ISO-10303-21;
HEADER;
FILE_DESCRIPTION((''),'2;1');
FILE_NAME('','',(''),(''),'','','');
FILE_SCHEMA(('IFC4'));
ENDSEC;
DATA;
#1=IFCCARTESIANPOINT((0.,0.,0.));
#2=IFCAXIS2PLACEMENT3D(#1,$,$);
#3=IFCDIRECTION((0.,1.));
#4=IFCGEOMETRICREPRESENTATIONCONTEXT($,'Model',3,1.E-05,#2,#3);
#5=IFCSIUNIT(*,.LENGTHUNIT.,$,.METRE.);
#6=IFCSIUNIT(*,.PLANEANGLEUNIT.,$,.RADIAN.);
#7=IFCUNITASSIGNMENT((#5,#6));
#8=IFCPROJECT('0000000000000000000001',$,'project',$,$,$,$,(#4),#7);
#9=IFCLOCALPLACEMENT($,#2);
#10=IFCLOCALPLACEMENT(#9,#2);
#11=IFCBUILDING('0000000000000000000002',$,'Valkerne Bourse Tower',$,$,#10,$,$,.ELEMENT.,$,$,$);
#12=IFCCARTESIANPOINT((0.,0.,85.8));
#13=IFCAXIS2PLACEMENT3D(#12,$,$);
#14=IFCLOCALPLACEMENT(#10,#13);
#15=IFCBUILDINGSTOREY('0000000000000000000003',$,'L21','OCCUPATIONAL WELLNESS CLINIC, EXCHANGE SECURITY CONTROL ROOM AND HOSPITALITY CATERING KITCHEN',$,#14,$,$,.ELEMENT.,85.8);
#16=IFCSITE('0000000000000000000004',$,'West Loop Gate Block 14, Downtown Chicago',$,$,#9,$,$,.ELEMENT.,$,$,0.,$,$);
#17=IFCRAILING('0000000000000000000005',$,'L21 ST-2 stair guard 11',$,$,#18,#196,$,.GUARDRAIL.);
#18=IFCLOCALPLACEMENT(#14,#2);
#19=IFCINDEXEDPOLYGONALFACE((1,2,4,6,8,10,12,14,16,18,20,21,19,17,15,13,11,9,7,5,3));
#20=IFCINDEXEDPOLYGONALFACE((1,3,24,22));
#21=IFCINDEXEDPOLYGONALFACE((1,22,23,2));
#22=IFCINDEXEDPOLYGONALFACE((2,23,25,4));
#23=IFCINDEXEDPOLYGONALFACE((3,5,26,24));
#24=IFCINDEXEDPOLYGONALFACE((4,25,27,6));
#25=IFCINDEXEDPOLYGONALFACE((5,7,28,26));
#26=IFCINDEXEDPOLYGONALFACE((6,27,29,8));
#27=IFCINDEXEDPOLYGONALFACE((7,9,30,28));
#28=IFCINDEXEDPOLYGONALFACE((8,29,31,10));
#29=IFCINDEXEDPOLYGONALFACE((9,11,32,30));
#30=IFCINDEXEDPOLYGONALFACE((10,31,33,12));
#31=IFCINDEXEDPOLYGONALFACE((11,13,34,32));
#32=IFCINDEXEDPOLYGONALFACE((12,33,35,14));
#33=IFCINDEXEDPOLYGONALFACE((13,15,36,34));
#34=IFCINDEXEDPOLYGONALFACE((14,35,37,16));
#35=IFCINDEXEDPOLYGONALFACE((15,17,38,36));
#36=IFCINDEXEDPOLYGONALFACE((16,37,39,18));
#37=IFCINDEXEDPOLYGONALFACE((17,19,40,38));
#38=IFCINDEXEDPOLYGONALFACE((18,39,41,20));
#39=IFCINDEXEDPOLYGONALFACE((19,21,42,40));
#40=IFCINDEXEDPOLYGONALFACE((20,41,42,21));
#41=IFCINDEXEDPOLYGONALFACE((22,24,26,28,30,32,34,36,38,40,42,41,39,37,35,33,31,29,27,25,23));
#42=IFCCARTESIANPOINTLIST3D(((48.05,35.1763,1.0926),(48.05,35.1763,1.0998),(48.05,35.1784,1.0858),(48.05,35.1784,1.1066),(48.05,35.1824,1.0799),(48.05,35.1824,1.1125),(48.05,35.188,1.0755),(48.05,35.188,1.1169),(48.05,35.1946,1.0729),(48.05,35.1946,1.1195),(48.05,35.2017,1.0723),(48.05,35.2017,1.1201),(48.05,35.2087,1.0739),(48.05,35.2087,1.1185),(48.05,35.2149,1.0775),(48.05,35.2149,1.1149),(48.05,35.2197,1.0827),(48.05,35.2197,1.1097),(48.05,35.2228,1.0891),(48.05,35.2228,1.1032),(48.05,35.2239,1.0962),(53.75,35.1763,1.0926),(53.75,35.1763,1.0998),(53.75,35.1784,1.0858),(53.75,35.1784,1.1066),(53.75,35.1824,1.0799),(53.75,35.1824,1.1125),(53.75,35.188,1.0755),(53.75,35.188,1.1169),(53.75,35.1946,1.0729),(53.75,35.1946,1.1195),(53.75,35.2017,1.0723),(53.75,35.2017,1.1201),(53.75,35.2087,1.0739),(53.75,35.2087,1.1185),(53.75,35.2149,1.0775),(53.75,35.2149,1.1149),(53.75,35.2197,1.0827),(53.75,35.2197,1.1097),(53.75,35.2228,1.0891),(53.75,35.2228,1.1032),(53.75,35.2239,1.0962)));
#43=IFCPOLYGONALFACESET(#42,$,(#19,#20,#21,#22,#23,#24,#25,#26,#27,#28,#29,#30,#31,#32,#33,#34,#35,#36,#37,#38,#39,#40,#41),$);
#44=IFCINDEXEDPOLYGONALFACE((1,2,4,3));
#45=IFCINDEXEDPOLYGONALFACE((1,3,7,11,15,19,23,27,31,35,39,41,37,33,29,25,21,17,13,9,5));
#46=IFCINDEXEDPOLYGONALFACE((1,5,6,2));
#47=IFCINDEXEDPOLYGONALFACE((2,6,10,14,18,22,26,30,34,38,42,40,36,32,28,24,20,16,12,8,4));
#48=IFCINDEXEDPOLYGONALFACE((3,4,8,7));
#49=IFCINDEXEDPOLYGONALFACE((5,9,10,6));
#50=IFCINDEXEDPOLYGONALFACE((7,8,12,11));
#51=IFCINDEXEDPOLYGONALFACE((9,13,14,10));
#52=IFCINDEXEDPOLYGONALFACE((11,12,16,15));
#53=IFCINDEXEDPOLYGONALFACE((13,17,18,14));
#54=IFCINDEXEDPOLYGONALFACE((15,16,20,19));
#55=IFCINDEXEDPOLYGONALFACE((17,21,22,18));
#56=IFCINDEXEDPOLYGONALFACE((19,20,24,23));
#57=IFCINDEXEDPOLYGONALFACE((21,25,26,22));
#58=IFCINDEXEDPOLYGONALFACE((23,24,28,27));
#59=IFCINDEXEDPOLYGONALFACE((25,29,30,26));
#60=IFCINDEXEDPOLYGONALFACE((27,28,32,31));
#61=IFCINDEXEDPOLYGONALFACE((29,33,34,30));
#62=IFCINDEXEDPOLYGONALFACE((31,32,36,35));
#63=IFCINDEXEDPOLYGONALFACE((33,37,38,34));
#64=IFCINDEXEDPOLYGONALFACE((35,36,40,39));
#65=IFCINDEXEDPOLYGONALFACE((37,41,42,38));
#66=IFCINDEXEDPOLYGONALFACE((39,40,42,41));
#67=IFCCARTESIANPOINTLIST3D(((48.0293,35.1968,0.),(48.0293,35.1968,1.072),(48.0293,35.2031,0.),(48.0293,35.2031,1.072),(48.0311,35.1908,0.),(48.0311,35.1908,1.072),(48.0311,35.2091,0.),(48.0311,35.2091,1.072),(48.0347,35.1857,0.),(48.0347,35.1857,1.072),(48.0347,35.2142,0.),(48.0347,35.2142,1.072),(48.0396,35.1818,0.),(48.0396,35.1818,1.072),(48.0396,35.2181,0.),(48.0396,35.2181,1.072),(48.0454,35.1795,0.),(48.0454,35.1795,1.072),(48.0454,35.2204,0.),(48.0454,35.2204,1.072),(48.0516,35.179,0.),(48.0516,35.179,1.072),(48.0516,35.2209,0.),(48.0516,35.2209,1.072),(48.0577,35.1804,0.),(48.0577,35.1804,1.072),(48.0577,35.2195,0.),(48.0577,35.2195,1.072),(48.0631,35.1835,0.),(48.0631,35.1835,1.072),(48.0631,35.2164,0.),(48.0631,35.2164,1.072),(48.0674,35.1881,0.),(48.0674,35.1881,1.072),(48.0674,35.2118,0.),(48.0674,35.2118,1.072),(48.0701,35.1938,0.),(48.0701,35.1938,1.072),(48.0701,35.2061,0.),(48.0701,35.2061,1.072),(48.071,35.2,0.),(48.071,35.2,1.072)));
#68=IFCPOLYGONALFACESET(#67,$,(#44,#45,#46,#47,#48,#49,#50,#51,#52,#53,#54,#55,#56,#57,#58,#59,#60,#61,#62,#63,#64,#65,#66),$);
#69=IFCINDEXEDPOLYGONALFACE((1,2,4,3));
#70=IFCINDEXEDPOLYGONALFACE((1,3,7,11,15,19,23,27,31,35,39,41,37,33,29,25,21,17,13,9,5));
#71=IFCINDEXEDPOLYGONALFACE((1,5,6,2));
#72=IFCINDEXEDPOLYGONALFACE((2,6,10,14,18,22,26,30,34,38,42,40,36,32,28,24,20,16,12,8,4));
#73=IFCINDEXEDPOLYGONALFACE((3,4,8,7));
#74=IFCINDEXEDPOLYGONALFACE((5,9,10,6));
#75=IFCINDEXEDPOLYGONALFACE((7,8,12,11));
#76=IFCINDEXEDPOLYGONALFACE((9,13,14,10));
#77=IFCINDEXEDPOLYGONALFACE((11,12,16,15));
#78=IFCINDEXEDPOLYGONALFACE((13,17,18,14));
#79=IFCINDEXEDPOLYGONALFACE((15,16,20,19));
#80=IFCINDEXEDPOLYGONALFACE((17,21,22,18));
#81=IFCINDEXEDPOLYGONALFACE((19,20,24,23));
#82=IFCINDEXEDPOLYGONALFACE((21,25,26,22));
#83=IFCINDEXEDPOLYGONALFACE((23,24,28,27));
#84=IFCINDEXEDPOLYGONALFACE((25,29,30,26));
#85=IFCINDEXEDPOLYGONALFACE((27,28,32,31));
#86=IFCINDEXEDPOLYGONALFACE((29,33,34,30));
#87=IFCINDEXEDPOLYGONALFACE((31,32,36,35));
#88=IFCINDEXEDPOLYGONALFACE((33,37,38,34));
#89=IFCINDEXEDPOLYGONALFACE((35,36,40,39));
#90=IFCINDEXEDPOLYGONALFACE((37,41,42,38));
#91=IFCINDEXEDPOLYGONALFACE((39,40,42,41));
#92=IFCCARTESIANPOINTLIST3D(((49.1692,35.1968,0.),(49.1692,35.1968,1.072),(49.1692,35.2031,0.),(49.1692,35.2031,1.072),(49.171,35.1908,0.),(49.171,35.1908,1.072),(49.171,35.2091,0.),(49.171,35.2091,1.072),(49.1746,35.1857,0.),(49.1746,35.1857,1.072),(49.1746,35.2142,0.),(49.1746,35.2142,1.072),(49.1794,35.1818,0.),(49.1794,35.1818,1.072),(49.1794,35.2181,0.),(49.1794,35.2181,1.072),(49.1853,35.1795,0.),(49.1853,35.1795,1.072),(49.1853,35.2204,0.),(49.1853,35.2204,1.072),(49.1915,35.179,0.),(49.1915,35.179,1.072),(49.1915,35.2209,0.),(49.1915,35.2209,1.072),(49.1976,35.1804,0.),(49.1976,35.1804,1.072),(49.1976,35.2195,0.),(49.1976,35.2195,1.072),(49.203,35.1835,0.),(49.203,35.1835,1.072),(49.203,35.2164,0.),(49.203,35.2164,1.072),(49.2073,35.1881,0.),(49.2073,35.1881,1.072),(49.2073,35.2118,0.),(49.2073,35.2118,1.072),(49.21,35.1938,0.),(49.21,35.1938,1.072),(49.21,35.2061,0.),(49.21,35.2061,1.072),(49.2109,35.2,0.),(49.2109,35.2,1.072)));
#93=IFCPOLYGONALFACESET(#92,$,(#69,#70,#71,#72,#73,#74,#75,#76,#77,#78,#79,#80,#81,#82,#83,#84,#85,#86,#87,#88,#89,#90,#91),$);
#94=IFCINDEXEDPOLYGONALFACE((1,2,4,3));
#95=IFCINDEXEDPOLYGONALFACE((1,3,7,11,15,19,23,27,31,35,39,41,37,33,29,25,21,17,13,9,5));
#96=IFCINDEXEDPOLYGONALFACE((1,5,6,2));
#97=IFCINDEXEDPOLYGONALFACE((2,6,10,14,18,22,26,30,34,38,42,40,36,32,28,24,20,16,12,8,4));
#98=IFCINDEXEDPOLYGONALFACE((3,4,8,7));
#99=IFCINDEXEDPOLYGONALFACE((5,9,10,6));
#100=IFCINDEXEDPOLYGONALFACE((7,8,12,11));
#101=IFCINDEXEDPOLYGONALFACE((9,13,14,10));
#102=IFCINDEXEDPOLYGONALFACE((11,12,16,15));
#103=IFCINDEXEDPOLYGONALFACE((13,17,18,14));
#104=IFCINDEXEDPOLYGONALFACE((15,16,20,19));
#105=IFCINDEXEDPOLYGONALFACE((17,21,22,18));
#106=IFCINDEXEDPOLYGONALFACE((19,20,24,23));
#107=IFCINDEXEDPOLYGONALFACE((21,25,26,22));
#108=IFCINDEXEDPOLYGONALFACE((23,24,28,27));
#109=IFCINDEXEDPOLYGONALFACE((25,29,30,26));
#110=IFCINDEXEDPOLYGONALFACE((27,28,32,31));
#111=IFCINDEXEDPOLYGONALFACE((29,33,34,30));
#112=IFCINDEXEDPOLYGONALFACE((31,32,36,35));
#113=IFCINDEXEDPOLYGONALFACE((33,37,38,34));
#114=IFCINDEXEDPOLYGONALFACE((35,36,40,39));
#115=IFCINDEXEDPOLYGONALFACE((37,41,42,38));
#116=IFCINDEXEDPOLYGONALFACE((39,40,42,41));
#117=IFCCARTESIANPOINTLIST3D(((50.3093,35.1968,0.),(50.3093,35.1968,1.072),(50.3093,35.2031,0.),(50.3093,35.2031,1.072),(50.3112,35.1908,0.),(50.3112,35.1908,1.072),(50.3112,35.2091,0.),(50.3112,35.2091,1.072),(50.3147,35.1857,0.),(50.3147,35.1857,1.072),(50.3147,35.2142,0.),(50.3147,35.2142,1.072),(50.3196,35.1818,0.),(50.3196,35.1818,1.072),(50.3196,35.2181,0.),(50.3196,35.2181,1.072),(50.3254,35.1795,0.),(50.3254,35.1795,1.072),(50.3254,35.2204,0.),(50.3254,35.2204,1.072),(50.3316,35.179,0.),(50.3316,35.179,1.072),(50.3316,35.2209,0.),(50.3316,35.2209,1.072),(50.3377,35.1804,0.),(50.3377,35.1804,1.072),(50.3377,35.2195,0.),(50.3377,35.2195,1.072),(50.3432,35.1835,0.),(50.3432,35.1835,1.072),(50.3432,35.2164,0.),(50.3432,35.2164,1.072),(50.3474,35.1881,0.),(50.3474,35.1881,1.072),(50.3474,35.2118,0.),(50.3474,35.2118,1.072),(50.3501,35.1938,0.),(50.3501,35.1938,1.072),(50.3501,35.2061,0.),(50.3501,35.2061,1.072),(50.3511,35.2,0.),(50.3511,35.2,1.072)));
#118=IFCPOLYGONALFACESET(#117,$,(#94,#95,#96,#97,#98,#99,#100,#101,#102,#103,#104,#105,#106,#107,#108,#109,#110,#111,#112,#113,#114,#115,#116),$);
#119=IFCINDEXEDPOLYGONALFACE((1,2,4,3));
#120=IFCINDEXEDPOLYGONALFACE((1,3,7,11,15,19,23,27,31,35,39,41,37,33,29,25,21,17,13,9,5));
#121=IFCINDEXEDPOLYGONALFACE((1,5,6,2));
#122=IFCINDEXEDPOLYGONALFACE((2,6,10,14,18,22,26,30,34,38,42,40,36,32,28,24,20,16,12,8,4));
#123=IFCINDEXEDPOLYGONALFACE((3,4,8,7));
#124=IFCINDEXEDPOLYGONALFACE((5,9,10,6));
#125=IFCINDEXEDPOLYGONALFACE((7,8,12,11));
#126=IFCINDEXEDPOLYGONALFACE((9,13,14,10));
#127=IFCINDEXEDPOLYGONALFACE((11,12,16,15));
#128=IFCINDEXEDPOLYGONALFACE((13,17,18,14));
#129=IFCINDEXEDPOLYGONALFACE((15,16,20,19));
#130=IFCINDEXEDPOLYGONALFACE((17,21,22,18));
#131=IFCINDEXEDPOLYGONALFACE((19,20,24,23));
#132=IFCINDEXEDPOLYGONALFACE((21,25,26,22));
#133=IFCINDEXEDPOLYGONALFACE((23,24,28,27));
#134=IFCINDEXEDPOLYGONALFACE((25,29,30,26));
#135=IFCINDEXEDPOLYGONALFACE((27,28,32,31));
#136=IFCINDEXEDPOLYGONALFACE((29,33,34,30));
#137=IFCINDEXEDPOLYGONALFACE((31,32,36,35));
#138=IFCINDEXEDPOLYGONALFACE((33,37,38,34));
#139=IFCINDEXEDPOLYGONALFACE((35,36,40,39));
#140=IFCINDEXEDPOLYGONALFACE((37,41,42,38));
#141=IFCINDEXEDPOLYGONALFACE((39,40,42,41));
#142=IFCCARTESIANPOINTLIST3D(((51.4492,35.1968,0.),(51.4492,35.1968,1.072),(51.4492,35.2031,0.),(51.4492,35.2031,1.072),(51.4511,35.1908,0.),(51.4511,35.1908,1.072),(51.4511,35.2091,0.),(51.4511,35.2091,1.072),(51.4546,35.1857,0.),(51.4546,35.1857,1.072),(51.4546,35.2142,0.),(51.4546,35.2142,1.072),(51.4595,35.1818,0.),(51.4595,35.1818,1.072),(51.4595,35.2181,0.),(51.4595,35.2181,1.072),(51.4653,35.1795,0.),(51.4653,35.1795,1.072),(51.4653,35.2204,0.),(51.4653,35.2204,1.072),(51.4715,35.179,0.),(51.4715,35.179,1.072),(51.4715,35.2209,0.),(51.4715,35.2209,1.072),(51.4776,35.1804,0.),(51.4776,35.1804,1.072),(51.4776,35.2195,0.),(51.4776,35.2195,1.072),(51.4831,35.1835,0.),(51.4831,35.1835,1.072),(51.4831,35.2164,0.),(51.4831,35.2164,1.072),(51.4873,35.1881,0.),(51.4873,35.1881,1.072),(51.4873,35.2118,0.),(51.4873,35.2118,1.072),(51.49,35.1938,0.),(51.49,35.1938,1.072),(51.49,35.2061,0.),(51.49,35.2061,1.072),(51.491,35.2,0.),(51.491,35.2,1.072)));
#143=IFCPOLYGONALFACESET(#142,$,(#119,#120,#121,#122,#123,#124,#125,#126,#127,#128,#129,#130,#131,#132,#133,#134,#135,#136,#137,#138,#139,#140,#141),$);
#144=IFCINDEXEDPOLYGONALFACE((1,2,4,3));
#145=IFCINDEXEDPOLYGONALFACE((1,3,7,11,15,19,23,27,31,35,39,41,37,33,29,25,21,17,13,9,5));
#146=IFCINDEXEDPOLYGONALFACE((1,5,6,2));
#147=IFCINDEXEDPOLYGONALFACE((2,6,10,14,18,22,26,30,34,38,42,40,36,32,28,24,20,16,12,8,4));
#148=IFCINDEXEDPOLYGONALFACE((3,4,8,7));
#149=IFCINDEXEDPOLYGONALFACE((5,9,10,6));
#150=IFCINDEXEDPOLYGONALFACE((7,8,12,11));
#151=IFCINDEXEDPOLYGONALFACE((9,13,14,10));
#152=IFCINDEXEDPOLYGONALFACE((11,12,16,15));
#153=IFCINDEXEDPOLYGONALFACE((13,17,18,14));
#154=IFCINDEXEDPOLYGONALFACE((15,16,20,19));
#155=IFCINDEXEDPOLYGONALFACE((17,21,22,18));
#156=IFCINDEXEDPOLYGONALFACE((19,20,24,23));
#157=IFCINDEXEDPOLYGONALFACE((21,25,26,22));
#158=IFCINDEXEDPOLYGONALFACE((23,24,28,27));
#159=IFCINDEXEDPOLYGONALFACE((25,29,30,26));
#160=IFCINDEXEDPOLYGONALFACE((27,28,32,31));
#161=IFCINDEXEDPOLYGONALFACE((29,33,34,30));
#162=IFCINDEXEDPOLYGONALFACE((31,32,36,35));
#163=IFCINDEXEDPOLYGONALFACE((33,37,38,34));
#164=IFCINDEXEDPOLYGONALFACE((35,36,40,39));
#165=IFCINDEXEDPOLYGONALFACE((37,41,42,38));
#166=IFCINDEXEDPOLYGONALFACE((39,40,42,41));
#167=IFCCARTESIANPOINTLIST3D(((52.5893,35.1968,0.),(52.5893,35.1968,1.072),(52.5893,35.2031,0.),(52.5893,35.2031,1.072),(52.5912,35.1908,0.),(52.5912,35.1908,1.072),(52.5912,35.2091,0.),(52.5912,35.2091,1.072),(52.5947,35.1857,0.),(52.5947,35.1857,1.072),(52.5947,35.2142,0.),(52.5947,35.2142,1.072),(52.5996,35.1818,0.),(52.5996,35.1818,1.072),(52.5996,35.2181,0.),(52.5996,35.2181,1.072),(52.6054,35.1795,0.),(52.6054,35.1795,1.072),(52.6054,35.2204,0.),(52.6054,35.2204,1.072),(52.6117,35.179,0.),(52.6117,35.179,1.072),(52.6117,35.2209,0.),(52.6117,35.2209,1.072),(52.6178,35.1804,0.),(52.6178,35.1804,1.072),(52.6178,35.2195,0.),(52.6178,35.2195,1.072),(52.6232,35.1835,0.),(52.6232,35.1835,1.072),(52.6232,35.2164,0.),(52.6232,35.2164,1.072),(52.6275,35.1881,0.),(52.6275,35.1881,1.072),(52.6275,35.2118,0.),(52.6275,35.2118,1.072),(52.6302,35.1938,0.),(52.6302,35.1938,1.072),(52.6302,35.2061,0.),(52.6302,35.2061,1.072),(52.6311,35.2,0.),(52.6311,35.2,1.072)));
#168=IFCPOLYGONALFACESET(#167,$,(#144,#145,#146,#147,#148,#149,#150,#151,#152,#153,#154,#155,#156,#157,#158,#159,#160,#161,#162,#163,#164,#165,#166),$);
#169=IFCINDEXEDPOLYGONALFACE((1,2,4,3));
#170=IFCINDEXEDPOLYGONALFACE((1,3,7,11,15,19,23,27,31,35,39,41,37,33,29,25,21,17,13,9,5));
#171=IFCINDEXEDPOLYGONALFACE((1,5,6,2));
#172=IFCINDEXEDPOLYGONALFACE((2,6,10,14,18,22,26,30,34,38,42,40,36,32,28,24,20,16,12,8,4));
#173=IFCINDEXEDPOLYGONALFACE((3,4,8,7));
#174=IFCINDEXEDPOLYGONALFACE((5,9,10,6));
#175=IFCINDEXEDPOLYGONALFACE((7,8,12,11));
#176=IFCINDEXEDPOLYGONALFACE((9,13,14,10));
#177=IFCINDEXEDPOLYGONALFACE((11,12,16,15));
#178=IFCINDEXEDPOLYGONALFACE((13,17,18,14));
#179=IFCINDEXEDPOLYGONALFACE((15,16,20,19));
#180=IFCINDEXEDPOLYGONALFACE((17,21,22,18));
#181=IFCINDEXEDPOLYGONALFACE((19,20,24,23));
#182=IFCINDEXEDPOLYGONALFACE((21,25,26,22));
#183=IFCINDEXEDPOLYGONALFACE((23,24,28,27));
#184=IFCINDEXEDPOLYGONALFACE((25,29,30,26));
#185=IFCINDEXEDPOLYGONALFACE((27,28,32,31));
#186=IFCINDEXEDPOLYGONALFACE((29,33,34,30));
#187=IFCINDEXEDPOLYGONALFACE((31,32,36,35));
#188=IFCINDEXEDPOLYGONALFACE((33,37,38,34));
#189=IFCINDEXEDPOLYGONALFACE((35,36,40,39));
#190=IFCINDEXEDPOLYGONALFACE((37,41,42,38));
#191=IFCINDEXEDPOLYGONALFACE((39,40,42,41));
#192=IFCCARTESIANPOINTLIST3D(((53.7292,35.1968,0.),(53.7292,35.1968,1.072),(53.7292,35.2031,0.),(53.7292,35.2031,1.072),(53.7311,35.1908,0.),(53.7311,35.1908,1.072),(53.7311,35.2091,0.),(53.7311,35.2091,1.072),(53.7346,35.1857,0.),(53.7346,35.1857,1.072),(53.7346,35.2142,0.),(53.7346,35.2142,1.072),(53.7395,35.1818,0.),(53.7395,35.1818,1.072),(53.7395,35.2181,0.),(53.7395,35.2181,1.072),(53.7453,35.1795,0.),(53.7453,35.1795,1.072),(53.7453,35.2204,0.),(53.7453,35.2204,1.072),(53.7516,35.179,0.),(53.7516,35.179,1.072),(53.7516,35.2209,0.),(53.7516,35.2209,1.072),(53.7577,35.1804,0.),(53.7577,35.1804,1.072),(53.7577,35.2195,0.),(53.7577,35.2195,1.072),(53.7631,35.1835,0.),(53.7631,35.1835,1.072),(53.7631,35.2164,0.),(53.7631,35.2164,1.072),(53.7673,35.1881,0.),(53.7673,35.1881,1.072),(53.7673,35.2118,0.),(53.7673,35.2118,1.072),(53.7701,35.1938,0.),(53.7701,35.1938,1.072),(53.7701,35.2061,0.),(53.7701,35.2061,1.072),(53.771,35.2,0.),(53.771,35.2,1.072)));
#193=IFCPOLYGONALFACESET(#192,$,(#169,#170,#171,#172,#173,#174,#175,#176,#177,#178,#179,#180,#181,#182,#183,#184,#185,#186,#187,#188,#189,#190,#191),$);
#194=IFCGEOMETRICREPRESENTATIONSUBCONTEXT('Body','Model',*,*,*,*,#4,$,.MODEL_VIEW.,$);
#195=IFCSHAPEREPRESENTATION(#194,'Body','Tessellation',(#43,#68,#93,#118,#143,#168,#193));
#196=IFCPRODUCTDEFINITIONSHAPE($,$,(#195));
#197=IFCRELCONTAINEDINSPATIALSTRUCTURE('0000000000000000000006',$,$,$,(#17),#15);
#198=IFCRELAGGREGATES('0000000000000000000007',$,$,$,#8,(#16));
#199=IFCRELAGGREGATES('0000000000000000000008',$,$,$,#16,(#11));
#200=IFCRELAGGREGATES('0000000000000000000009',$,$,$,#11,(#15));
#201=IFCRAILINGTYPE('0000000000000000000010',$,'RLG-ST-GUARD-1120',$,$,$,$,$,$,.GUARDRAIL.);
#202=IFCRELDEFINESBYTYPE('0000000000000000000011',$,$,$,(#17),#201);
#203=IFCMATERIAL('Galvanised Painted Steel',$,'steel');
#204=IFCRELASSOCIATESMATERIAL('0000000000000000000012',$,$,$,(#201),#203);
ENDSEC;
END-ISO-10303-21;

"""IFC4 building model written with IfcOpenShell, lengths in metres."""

from ifc_helpers import new_model, si_unit, direction, frame, origin, origin_2d, place, context, subcontext, project, spatial, circle, extrude, material, type_object, element, save


model = new_model("IFC4")

# Units and contexts
model_context = context("Model", 3, precision=1e-05, world=origin(), true_north=direction((0.0, 1.0)))
body_context = subcontext(model_context, "Body", "Model", "MODEL_VIEW")
ifc_project = project(units=[si_unit("LENGTHUNIT", "METRE"), si_unit("PLANEANGLEUNIT", "RADIAN")], contexts=[model_context])

# Site, building, storey
site_placement = place(None, origin())
site = spatial("IfcSite", under=ifc_project, at=site_placement, Name="West Loop Gate Block 14, Downtown Chicago", CompositionType="ELEMENT", RefElevation=0.0)
building_placement = place(site_placement, origin())
building = spatial("IfcBuilding", under=site, at=building_placement, Name="Valkerne Bourse Tower", CompositionType="ELEMENT")
storey_placement = place(building_placement, frame((0.0, 0.0, 85.8)))
storey = spatial("IfcBuildingStorey", under=building, at=storey_placement, Name="L21", Description="OCCUPATIONAL WELLNESS CLINIC, EXCHANGE SECURITY CONTROL ROOM AND HOSPITALITY CATERING KITCHEN", CompositionType="ELEMENT", Elevation=85.8)

# Shared definitions
ifc_material_1 = material(Name="Galvanised Painted Steel", Category="steel")

# Railing
railing_type_1 = type_object("IfcRailingType", Name="RLG-ST-GUARD-1120", PredefinedType="GUARDRAIL", material=ifc_material_1)
for number, where, name in (
    (1, (48.05, 35.2, 0.0), "L21 ST-2 stair guard 11"),
):
    element("IfcRailing", number, at=place(storey_placement, frame(where)), inside=storey, type_object=railing_type_1, Name=name, PredefinedType="GUARDRAIL", context=body_context, shape_type="SweptSolid", body=[
        extrude(circle(Radius=0.0239, at=origin_2d()), frame((0.0, 0.0, 1.0962), z_axis=(1.0, 0.0, 0.0), x_axis=(0.0, 1.0, 0.0)), (0.0, 0.0, 1.0), 5.7),
        extrude(circle(Radius=0.021, at=origin_2d()), origin(), (0.0, 0.0, 1.0), 1.072),
        extrude(circle(Radius=0.021, at=origin_2d()), frame((1.1399, 0.0, 0.0)), (0.0, 0.0, 1.0), 1.072),
        extrude(circle(Radius=0.021, at=origin_2d()), frame((2.28, 0.0, 0.0)), (0.0, 0.0, 1.0), 1.072),
        extrude(circle(Radius=0.021, at=origin_2d()), frame((3.4199, 0.0, 0.0)), (0.0, 0.0, 1.0), 1.072),
        extrude(circle(Radius=0.021, at=origin_2d()), frame((4.5601, 0.0, 0.0)), (0.0, 0.0, 1.0), 1.072),
        extrude(circle(Radius=0.021, at=origin_2d()), frame((5.7, 0.0, 0.0)), (0.0, 0.0, 1.0), 1.072),
    ])

save(model, "model.ifc")
